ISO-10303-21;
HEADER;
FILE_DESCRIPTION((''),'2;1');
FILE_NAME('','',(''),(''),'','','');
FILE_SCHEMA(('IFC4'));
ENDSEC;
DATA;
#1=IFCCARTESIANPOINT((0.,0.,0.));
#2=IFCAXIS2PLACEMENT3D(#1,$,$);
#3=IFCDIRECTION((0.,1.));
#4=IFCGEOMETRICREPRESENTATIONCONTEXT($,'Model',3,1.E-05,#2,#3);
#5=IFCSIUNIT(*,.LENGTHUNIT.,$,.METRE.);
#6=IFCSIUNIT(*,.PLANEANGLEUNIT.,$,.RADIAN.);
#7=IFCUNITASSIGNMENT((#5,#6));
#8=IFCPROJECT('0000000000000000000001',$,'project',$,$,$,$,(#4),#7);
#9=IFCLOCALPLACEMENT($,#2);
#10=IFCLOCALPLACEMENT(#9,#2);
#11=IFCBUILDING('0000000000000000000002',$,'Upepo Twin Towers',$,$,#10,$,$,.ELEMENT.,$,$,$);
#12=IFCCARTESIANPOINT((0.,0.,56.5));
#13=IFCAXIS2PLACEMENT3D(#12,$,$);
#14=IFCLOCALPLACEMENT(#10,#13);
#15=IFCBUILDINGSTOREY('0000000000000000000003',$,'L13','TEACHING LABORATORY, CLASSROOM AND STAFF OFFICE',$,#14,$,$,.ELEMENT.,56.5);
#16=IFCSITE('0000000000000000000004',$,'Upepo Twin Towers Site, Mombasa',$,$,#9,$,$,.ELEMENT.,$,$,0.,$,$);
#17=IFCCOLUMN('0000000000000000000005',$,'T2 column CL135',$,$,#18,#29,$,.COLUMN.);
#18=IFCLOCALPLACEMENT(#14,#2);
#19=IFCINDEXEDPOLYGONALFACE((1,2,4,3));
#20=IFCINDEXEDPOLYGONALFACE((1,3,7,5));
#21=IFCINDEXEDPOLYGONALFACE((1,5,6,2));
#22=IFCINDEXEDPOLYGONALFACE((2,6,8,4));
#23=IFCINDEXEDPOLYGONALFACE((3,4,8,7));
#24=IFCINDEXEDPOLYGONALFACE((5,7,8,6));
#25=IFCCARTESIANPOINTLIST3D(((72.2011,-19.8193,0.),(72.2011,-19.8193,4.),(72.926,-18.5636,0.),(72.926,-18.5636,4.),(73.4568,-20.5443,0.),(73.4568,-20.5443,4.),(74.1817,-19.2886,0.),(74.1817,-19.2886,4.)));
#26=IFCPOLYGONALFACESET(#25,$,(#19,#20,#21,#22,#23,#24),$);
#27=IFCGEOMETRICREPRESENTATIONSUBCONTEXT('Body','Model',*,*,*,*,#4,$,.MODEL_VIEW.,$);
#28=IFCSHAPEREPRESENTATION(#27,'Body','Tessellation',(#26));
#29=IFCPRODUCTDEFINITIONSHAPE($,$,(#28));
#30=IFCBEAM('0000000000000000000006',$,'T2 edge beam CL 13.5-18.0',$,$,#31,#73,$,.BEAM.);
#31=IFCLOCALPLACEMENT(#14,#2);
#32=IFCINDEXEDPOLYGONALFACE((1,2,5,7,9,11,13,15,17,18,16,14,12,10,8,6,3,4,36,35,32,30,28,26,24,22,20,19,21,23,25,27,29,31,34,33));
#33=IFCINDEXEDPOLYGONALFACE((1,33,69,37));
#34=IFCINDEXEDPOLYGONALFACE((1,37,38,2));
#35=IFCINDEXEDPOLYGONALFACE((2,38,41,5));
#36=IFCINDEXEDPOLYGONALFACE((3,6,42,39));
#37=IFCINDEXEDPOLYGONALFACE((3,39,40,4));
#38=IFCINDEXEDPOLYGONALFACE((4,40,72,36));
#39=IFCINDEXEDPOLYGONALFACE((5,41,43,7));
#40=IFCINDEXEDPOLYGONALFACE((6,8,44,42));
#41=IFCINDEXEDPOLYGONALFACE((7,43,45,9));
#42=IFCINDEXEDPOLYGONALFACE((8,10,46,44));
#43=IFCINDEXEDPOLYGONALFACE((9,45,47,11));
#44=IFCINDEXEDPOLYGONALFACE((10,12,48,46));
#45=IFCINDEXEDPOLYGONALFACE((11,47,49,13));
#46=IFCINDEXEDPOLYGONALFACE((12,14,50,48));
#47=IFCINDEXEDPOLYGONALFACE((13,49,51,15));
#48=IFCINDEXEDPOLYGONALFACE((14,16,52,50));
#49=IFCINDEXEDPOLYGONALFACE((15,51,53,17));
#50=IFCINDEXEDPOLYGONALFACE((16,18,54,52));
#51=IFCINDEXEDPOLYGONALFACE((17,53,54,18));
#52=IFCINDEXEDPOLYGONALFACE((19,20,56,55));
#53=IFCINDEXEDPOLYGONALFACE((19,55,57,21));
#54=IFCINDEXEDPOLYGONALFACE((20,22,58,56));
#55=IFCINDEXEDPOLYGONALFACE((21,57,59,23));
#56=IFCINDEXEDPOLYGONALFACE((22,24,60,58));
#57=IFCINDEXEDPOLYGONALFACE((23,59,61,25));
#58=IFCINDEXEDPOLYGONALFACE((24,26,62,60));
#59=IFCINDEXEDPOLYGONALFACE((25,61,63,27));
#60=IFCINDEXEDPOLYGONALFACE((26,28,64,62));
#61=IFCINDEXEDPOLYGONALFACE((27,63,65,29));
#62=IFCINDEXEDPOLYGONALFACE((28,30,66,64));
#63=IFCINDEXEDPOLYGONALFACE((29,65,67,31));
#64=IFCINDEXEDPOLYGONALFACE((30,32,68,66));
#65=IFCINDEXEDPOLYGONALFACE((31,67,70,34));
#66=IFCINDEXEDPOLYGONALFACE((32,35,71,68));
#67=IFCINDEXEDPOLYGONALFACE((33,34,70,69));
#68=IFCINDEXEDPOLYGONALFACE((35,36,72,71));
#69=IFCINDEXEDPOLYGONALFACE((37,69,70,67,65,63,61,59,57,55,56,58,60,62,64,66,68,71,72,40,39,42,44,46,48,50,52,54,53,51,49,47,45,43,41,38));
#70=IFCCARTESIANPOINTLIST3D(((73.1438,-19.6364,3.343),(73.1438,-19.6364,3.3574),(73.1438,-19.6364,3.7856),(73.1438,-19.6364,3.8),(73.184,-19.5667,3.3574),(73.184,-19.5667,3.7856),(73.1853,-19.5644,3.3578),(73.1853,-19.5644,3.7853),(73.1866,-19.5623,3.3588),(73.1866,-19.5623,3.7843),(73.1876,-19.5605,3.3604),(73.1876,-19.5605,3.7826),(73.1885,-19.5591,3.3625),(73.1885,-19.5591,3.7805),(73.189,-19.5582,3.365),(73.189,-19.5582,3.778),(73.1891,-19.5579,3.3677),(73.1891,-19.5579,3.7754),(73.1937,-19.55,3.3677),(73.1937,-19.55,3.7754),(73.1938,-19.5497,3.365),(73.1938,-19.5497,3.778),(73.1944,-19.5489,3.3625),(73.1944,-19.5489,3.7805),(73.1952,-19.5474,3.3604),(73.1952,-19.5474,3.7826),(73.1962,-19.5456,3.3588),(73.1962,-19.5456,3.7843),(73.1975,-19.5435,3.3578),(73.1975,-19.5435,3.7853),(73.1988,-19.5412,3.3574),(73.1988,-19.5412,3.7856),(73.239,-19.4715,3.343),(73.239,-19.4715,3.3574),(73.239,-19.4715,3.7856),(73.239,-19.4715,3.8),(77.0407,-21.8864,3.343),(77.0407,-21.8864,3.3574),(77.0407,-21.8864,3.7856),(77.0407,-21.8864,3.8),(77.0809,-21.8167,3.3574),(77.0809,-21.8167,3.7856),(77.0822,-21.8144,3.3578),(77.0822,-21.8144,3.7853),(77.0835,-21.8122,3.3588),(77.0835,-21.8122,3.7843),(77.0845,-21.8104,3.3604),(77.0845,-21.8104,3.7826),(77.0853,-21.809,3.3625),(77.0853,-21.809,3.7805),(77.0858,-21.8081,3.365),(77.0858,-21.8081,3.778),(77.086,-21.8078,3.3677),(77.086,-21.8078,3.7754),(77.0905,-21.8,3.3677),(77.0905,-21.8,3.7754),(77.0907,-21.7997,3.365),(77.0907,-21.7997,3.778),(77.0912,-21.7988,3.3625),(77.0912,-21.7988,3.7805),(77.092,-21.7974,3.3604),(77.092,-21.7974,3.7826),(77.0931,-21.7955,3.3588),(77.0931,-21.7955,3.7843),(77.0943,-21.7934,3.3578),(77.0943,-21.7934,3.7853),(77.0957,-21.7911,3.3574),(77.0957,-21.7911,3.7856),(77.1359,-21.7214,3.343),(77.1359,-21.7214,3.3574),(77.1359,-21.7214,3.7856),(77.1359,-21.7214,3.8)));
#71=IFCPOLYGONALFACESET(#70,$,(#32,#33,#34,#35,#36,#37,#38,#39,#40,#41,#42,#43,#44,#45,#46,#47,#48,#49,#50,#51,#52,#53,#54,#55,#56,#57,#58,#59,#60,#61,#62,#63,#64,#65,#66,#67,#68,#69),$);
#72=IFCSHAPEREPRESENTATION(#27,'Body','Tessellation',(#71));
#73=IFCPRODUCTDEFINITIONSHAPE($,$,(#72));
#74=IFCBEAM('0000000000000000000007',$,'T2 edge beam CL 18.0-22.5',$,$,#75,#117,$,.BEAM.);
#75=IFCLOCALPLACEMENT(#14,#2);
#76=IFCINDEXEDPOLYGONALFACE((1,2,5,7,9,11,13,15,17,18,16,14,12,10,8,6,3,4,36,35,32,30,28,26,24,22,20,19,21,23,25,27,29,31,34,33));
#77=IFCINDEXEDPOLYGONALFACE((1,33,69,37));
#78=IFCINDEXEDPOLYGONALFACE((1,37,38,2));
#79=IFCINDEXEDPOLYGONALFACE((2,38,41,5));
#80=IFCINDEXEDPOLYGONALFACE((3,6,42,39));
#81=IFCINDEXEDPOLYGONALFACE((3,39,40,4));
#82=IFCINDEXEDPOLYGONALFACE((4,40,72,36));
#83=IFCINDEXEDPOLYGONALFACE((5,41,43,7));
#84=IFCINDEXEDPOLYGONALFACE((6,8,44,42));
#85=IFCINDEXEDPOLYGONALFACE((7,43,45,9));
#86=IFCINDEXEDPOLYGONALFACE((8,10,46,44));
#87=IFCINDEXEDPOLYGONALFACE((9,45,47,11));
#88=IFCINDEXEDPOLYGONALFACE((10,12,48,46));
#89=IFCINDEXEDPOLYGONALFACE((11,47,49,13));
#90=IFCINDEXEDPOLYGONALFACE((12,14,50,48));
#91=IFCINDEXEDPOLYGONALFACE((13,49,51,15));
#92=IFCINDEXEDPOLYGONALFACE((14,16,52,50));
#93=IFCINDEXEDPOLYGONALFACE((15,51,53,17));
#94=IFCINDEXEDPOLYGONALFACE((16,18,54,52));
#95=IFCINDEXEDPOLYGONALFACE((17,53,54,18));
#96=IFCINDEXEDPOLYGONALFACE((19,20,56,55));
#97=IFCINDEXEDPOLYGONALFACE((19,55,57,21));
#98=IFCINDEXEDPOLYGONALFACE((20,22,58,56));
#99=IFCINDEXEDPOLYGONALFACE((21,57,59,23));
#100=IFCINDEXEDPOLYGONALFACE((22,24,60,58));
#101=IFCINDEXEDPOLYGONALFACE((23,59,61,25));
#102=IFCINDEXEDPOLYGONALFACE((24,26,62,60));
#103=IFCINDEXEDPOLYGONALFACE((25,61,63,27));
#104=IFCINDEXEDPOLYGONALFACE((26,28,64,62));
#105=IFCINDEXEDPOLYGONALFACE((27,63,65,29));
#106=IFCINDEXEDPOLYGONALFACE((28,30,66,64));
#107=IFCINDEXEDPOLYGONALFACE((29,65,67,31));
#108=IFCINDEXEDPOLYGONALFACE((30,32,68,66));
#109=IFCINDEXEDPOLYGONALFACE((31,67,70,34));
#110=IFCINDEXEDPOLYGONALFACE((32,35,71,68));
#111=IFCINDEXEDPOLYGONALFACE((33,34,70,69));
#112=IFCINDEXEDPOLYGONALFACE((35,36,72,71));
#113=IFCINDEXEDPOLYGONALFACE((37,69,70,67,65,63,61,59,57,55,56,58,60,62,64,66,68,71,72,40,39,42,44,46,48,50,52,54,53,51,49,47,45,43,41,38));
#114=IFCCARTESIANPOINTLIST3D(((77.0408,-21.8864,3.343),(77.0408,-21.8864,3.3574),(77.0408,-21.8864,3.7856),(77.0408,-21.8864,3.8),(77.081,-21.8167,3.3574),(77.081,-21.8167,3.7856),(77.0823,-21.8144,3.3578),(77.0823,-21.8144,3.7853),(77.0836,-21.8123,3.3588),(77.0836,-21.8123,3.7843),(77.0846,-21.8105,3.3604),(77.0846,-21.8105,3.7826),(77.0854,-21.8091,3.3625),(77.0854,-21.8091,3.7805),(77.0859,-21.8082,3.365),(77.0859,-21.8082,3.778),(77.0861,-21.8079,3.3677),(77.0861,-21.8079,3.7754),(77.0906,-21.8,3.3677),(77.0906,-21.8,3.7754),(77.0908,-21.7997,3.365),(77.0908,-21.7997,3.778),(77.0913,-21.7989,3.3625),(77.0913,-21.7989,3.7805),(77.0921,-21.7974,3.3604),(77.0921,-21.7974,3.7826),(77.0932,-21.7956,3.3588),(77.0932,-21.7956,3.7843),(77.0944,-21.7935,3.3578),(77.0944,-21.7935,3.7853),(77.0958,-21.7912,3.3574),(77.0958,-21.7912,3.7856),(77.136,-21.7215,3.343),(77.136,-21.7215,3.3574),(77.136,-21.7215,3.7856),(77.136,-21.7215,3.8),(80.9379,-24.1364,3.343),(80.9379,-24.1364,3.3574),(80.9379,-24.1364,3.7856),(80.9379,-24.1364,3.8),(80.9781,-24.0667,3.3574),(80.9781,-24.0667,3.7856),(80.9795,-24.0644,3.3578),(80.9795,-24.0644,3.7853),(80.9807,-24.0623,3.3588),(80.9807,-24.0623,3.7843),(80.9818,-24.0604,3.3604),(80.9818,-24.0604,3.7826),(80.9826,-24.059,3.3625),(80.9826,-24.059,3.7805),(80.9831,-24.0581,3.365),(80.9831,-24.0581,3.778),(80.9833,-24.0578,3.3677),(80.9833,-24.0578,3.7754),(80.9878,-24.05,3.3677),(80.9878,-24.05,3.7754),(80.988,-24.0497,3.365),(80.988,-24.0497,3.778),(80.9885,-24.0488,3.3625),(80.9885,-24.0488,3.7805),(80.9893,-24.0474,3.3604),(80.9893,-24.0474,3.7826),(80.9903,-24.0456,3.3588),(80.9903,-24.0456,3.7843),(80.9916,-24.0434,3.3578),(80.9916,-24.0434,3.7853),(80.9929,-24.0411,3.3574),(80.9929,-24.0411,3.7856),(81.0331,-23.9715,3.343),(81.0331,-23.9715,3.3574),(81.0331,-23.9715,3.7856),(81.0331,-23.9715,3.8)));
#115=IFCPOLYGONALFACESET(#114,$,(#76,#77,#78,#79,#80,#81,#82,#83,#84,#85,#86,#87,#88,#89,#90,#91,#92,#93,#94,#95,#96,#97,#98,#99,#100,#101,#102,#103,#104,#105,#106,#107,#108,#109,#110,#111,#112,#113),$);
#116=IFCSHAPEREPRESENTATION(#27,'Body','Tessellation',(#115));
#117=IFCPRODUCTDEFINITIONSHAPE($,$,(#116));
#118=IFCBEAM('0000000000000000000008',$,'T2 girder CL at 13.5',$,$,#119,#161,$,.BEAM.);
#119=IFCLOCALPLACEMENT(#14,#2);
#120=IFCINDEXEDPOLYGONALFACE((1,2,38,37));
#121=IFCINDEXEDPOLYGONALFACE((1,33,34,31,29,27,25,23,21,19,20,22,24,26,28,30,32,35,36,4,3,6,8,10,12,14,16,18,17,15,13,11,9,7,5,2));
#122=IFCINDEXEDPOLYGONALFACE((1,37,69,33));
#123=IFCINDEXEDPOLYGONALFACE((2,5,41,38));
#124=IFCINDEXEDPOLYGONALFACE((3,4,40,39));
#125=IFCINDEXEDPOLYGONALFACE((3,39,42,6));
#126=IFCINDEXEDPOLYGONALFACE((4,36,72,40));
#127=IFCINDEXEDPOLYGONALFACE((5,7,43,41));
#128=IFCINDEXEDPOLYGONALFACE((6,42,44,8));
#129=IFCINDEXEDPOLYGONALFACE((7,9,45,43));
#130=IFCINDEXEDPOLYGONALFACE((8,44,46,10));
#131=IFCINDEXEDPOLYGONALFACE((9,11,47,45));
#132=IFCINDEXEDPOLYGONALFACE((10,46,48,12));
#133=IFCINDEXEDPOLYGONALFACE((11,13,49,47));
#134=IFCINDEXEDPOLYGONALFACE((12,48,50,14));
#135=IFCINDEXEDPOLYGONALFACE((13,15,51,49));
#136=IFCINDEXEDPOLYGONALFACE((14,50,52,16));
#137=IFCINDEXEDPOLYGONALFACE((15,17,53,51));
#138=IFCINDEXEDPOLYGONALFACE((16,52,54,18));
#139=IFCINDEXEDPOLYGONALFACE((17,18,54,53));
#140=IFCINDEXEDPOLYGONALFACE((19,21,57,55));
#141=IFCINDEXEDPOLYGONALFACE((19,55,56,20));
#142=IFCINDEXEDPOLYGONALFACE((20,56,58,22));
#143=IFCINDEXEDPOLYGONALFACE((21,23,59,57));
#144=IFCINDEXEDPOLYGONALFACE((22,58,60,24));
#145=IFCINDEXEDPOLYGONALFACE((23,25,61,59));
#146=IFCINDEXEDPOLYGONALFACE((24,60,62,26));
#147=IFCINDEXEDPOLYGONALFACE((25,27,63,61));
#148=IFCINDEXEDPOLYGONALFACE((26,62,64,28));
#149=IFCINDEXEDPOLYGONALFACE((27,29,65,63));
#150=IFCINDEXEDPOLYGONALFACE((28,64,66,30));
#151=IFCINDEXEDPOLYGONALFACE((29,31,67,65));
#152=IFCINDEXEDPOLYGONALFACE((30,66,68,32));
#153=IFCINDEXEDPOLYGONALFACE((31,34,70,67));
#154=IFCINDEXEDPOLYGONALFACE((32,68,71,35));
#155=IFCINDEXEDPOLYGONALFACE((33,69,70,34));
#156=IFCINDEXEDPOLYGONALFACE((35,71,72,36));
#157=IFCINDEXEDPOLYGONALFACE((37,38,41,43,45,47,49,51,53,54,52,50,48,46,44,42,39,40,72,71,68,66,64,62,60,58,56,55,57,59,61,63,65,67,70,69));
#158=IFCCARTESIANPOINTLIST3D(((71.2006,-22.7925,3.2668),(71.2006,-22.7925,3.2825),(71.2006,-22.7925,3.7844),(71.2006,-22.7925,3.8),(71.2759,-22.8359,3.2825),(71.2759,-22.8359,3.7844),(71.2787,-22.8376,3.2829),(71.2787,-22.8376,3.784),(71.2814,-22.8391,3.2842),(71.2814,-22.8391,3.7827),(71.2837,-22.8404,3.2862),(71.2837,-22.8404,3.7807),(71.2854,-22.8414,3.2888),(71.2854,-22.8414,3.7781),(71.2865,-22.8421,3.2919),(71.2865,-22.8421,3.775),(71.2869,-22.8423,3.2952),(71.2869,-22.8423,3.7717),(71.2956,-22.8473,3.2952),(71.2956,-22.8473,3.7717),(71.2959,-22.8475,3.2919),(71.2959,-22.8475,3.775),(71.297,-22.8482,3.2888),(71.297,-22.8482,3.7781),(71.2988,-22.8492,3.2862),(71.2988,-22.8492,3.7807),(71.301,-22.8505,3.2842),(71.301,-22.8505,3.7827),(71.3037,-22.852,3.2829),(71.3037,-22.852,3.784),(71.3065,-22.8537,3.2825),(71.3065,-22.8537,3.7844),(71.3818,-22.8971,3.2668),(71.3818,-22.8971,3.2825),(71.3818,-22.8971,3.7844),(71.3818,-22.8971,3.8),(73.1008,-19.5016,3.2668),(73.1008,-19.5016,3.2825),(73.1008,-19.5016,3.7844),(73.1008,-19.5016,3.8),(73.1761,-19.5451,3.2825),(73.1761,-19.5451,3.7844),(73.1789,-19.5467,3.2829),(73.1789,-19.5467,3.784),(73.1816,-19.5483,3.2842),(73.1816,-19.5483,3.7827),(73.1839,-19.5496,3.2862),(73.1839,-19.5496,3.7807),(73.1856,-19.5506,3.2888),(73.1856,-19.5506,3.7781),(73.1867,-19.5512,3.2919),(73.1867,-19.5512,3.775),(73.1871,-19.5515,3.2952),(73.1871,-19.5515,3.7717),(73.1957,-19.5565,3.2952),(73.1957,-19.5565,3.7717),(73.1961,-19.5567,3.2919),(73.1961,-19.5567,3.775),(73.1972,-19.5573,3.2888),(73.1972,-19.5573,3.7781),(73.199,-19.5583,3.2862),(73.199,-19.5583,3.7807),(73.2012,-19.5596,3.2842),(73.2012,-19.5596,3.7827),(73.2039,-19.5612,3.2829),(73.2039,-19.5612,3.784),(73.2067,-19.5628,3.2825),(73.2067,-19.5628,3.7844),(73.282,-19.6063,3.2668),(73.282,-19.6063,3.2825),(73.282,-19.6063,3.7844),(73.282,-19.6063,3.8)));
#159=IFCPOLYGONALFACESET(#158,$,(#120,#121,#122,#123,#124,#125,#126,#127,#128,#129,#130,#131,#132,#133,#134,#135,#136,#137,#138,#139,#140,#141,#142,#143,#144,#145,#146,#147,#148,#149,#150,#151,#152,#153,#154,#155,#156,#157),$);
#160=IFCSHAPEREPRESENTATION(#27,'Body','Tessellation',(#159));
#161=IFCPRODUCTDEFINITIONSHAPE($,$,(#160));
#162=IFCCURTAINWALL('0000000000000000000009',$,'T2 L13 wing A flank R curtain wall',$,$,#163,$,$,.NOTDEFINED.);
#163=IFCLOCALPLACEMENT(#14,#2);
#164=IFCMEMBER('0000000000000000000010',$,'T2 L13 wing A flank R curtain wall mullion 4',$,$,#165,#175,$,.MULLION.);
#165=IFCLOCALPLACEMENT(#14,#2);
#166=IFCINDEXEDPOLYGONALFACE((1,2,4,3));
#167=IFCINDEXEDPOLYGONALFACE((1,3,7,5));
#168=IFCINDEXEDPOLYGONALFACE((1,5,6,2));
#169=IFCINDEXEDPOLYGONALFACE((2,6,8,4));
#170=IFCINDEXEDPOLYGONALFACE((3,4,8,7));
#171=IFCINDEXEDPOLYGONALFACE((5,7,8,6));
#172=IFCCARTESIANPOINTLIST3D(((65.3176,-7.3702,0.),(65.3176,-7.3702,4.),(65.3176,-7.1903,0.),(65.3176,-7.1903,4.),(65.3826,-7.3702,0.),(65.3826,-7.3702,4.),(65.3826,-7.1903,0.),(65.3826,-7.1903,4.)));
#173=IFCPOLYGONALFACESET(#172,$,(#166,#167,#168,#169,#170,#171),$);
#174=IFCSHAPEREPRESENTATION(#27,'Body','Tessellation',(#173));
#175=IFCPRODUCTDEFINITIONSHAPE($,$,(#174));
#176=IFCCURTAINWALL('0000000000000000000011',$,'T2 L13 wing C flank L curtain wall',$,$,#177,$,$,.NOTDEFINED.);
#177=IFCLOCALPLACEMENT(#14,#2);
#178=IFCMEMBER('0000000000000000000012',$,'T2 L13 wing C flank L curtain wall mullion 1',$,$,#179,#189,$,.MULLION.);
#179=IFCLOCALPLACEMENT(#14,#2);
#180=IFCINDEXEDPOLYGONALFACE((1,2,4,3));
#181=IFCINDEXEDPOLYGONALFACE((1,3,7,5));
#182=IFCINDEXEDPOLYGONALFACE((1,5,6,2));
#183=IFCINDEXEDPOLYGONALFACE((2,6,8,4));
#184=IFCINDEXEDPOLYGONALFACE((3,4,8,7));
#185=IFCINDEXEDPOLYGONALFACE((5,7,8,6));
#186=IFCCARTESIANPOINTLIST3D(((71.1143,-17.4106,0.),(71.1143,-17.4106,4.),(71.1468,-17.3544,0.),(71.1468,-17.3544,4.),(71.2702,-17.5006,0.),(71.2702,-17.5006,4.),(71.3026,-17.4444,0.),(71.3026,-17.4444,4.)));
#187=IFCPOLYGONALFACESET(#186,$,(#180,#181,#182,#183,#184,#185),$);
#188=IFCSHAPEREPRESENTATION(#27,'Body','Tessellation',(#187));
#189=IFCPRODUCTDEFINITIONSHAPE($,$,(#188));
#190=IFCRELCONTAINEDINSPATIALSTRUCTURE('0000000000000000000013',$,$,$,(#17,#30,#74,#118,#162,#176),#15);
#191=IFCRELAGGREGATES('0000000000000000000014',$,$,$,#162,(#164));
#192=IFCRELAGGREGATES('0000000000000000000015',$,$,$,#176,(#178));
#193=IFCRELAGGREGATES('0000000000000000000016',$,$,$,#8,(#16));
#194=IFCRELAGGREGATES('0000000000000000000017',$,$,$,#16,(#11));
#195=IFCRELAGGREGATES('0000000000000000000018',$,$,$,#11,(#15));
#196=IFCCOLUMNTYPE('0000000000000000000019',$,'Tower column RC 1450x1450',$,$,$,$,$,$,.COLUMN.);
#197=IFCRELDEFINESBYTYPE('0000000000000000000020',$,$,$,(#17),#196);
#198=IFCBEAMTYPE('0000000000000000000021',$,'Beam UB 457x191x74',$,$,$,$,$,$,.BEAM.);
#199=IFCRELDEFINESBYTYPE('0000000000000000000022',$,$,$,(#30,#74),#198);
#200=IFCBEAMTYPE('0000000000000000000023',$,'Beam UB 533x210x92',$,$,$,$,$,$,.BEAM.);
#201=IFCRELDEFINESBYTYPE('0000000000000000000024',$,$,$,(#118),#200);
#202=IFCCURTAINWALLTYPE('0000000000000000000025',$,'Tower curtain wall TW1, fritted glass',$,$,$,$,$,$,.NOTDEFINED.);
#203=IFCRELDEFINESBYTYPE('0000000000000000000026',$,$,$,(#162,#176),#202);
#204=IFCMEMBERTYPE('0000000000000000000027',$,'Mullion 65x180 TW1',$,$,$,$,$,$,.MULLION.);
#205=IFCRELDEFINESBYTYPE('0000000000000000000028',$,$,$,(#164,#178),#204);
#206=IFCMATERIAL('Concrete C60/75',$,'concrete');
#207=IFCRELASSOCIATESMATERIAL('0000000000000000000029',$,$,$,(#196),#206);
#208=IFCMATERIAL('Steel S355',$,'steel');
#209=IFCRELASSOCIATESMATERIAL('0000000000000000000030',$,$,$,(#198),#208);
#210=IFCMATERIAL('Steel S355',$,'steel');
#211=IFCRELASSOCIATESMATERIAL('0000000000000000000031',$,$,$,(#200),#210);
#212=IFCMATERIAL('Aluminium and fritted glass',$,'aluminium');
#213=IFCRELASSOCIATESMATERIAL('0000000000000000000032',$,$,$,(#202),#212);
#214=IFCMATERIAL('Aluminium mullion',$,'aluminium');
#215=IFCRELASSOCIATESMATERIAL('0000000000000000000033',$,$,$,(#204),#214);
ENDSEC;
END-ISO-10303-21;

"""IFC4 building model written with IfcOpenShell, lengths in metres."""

from ifc_helpers import new_model, si_unit, direction, frame, origin, origin_2d, place, context, subcontext, project, spatial, rectangle, i_section, extrude, material, material_profile, profile_set, type_object, element, aggregate, save


model = new_model("IFC4")

# Units and contexts
model_context = context("Model", 3, precision=1e-05, world=origin(), true_north=direction((0.0, 1.0)))
body_context = subcontext(model_context, "Body", "Model", "MODEL_VIEW")
ifc_project = project(units=[si_unit("LENGTHUNIT", "METRE"), si_unit("PLANEANGLEUNIT", "RADIAN")], contexts=[model_context])

# Site, building, storey
site_placement = place(None, origin())
site = spatial("IfcSite", under=ifc_project, at=site_placement, Name="Upepo Twin Towers Site, Mombasa", CompositionType="ELEMENT", RefElevation=0.0)
building_placement = place(site_placement, origin())
building = spatial("IfcBuilding", under=site, at=building_placement, Name="Upepo Twin Towers", CompositionType="ELEMENT")
storey_placement = place(building_placement, frame((0.0, 0.0, 56.5)))
storey = spatial("IfcBuildingStorey", under=building, at=storey_placement, Name="L13", Description="TEACHING LABORATORY, CLASSROOM AND STAFF OFFICE", CompositionType="ELEMENT", Elevation=56.5)

# Column
ifc_material_1 = material(Name="Concrete C60/75", Category="concrete")
ifc_material_profile_1 = material_profile(ifc_material_1, rectangle(XDim=1.45, YDim=1.45, at=origin_2d()), Name="RC 1450x1450")
ifc_profile_set_1 = profile_set([ifc_material_profile_1], Name="Concrete C60/75")
column_type = type_object("IfcColumnType", Name="Tower column RC 1450x1450", PredefinedType="COLUMN", material=ifc_profile_set_1)
column_placement = place(storey_placement, frame((73.1914, -19.554, 0.0), z_axis=(0.0, 0.0, 1.0), x_axis=(0.5, 0.866025, 0.0)))
element("IfcColumn", 1, at=column_placement, inside=storey, type_object=column_type, Name="T2 column CL135", PredefinedType="COLUMN", context=body_context, shape_type="SweptSolid", body=[
    extrude(rectangle(XDim=1.45, YDim=1.45, at=origin_2d()), origin(), (0.0, 0.0, 1.0), 4.0),
])

# Beams
ifc_material_2 = material(Name="Steel S355", Category="steel")
ifc_material_profile_2 = material_profile(ifc_material_2, i_section(OverallWidth=0.1904, OverallDepth=0.457, WebThickness=0.009, FlangeThickness=0.0144, FilletRadius=0.0103, at=origin_2d()), Name="UB 457x191x74")
ifc_profile_set_2 = profile_set([ifc_material_profile_2], Name="Steel S355")
beam_type_1 = type_object("IfcBeamType", Name="Beam UB 457x191x74", PredefinedType="BEAM", material=ifc_profile_set_2)
beam_1_placement = place(storey_placement, frame((73.1914, -19.554, 3.5715), z_axis=(0.866018, -0.500014, 0.0), x_axis=(0.500014, 0.866018, 0.0)))
element("IfcBeam", 2, at=beam_1_placement, inside=storey, type_object=beam_type_1, Name="T2 edge beam CL 13.5-18.0", PredefinedType="BEAM", context=body_context, shape_type="SweptSolid", body=[
    extrude(i_section(OverallWidth=0.1904, OverallDepth=0.457, WebThickness=0.009, FlangeThickness=0.0144, FilletRadius=0.0103, at=origin_2d()), origin(), (0.0, 0.0, 1.0), 4.4998),
])
beam_2_placement = place(storey_placement, frame((77.0884, -21.804, 3.5715), z_axis=(0.866031, -0.49999, 0.0), x_axis=(0.49999, 0.866031, 0.0)))
element("IfcBeam", 3, at=beam_2_placement, inside=storey, type_object=beam_type_1, Name="T2 edge beam CL 18.0-22.5", PredefinedType="BEAM", context=body_context, shape_type="SweptSolid", body=[
    extrude(i_section(OverallWidth=0.1904, OverallDepth=0.457, WebThickness=0.009, FlangeThickness=0.0144, FilletRadius=0.0103, at=origin_2d()), origin(), (0.0, 0.0, 1.0), 4.5),
])
ifc_material_3 = material(Name="Steel S355", Category="steel")
ifc_material_profile_3 = material_profile(ifc_material_3, i_section(OverallWidth=0.2092, OverallDepth=0.5332, WebThickness=0.01, FlangeThickness=0.0156, FilletRadius=0.0127, at=origin_2d()), Name="UB 533x210x92")
ifc_profile_set_3 = profile_set([ifc_material_profile_3], Name="Steel S355")
beam_type_2 = type_object("IfcBeamType", Name="Beam UB 533x210x92", PredefinedType="BEAM", material=ifc_profile_set_3)
beam_3_placement = place(storey_placement, frame((73.1914, -19.554, 3.5334), z_axis=(-0.500043, -0.866, 0.0), x_axis=(0.866, -0.500043, 0.0)))
element("IfcBeam", 4, at=beam_3_placement, inside=storey, type_object=beam_type_2, Name="T2 girder CL at 13.5", PredefinedType="BEAM", context=body_context, shape_type="SweptSolid", body=[
    extrude(i_section(OverallWidth=0.2092, OverallDepth=0.5332, WebThickness=0.01, FlangeThickness=0.0156, FilletRadius=0.0127, at=origin_2d()), origin(), (0.0, 0.0, 1.0), 3.8),
])

# Curtain wall, member
ifc_material_4 = material(Name="Aluminium and fritted glass", Category="aluminium")
curtain_wall_type = type_object("IfcCurtainWallType", Name="Tower curtain wall TW1, fritted glass", PredefinedType="NOTDEFINED", material=ifc_material_4)
curtain_wall_1_placement = place(storey_placement, origin())
curtain_wall_1 = element("IfcCurtainWall", 5, at=curtain_wall_1_placement, inside=storey, type_object=curtain_wall_type, Name="T2 L13 wing A flank R curtain wall", PredefinedType="NOTDEFINED")
ifc_material_5 = material(Name="Aluminium mullion", Category="aluminium")
ifc_material_profile_4 = material_profile(ifc_material_5, rectangle(XDim=0.0649, YDim=0.1799, at=origin_2d()), Name="MULLION 65x180")
ifc_profile_set_4 = profile_set([ifc_material_profile_4], Name="Aluminium mullion")
member_type_1 = type_object("IfcMemberType", Name="Mullion 65x180 TW1", PredefinedType="MULLION", material=ifc_profile_set_4)
member_1_placement = place(storey_placement, frame((65.3501, -7.2803, 0.0), z_axis=(0.0, 0.0, 1.0), x_axis=(1.0, 0.0, 0.0)))
member_1 = element("IfcMember", 6, at=member_1_placement, type_object=member_type_1, Name="T2 L13 wing A flank R curtain wall mullion 4", PredefinedType="MULLION", context=body_context, shape_type="SweptSolid", body=[
    extrude(rectangle(XDim=0.0649, YDim=0.1799, at=origin_2d()), origin(), (0.0, 0.0, 1.0), 4.0),
])

# Curtain wall, member
curtain_wall_2_placement = place(storey_placement, origin())
curtain_wall_2 = element("IfcCurtainWall", 7, at=curtain_wall_2_placement, inside=storey, type_object=curtain_wall_type, Name="T2 L13 wing C flank L curtain wall", PredefinedType="NOTDEFINED")
member_2_placement = place(storey_placement, frame((71.2085, -17.4275, 0.0), z_axis=(0.0, 0.0, 1.0), x_axis=(0.5, 0.866025, 0.0)))
member_2 = element("IfcMember", 8, at=member_2_placement, type_object=member_type_1, Name="T2 L13 wing C flank L curtain wall mullion 1", PredefinedType="MULLION", context=body_context, shape_type="SweptSolid", body=[
    extrude(rectangle(XDim=0.0649, YDim=0.1799, at=origin_2d()), origin(), (0.0, 0.0, 1.0), 4.0),
])

aggregate(curtain_wall_1, [member_1])
aggregate(curtain_wall_2, [member_2])

save(model, "model.ifc")
